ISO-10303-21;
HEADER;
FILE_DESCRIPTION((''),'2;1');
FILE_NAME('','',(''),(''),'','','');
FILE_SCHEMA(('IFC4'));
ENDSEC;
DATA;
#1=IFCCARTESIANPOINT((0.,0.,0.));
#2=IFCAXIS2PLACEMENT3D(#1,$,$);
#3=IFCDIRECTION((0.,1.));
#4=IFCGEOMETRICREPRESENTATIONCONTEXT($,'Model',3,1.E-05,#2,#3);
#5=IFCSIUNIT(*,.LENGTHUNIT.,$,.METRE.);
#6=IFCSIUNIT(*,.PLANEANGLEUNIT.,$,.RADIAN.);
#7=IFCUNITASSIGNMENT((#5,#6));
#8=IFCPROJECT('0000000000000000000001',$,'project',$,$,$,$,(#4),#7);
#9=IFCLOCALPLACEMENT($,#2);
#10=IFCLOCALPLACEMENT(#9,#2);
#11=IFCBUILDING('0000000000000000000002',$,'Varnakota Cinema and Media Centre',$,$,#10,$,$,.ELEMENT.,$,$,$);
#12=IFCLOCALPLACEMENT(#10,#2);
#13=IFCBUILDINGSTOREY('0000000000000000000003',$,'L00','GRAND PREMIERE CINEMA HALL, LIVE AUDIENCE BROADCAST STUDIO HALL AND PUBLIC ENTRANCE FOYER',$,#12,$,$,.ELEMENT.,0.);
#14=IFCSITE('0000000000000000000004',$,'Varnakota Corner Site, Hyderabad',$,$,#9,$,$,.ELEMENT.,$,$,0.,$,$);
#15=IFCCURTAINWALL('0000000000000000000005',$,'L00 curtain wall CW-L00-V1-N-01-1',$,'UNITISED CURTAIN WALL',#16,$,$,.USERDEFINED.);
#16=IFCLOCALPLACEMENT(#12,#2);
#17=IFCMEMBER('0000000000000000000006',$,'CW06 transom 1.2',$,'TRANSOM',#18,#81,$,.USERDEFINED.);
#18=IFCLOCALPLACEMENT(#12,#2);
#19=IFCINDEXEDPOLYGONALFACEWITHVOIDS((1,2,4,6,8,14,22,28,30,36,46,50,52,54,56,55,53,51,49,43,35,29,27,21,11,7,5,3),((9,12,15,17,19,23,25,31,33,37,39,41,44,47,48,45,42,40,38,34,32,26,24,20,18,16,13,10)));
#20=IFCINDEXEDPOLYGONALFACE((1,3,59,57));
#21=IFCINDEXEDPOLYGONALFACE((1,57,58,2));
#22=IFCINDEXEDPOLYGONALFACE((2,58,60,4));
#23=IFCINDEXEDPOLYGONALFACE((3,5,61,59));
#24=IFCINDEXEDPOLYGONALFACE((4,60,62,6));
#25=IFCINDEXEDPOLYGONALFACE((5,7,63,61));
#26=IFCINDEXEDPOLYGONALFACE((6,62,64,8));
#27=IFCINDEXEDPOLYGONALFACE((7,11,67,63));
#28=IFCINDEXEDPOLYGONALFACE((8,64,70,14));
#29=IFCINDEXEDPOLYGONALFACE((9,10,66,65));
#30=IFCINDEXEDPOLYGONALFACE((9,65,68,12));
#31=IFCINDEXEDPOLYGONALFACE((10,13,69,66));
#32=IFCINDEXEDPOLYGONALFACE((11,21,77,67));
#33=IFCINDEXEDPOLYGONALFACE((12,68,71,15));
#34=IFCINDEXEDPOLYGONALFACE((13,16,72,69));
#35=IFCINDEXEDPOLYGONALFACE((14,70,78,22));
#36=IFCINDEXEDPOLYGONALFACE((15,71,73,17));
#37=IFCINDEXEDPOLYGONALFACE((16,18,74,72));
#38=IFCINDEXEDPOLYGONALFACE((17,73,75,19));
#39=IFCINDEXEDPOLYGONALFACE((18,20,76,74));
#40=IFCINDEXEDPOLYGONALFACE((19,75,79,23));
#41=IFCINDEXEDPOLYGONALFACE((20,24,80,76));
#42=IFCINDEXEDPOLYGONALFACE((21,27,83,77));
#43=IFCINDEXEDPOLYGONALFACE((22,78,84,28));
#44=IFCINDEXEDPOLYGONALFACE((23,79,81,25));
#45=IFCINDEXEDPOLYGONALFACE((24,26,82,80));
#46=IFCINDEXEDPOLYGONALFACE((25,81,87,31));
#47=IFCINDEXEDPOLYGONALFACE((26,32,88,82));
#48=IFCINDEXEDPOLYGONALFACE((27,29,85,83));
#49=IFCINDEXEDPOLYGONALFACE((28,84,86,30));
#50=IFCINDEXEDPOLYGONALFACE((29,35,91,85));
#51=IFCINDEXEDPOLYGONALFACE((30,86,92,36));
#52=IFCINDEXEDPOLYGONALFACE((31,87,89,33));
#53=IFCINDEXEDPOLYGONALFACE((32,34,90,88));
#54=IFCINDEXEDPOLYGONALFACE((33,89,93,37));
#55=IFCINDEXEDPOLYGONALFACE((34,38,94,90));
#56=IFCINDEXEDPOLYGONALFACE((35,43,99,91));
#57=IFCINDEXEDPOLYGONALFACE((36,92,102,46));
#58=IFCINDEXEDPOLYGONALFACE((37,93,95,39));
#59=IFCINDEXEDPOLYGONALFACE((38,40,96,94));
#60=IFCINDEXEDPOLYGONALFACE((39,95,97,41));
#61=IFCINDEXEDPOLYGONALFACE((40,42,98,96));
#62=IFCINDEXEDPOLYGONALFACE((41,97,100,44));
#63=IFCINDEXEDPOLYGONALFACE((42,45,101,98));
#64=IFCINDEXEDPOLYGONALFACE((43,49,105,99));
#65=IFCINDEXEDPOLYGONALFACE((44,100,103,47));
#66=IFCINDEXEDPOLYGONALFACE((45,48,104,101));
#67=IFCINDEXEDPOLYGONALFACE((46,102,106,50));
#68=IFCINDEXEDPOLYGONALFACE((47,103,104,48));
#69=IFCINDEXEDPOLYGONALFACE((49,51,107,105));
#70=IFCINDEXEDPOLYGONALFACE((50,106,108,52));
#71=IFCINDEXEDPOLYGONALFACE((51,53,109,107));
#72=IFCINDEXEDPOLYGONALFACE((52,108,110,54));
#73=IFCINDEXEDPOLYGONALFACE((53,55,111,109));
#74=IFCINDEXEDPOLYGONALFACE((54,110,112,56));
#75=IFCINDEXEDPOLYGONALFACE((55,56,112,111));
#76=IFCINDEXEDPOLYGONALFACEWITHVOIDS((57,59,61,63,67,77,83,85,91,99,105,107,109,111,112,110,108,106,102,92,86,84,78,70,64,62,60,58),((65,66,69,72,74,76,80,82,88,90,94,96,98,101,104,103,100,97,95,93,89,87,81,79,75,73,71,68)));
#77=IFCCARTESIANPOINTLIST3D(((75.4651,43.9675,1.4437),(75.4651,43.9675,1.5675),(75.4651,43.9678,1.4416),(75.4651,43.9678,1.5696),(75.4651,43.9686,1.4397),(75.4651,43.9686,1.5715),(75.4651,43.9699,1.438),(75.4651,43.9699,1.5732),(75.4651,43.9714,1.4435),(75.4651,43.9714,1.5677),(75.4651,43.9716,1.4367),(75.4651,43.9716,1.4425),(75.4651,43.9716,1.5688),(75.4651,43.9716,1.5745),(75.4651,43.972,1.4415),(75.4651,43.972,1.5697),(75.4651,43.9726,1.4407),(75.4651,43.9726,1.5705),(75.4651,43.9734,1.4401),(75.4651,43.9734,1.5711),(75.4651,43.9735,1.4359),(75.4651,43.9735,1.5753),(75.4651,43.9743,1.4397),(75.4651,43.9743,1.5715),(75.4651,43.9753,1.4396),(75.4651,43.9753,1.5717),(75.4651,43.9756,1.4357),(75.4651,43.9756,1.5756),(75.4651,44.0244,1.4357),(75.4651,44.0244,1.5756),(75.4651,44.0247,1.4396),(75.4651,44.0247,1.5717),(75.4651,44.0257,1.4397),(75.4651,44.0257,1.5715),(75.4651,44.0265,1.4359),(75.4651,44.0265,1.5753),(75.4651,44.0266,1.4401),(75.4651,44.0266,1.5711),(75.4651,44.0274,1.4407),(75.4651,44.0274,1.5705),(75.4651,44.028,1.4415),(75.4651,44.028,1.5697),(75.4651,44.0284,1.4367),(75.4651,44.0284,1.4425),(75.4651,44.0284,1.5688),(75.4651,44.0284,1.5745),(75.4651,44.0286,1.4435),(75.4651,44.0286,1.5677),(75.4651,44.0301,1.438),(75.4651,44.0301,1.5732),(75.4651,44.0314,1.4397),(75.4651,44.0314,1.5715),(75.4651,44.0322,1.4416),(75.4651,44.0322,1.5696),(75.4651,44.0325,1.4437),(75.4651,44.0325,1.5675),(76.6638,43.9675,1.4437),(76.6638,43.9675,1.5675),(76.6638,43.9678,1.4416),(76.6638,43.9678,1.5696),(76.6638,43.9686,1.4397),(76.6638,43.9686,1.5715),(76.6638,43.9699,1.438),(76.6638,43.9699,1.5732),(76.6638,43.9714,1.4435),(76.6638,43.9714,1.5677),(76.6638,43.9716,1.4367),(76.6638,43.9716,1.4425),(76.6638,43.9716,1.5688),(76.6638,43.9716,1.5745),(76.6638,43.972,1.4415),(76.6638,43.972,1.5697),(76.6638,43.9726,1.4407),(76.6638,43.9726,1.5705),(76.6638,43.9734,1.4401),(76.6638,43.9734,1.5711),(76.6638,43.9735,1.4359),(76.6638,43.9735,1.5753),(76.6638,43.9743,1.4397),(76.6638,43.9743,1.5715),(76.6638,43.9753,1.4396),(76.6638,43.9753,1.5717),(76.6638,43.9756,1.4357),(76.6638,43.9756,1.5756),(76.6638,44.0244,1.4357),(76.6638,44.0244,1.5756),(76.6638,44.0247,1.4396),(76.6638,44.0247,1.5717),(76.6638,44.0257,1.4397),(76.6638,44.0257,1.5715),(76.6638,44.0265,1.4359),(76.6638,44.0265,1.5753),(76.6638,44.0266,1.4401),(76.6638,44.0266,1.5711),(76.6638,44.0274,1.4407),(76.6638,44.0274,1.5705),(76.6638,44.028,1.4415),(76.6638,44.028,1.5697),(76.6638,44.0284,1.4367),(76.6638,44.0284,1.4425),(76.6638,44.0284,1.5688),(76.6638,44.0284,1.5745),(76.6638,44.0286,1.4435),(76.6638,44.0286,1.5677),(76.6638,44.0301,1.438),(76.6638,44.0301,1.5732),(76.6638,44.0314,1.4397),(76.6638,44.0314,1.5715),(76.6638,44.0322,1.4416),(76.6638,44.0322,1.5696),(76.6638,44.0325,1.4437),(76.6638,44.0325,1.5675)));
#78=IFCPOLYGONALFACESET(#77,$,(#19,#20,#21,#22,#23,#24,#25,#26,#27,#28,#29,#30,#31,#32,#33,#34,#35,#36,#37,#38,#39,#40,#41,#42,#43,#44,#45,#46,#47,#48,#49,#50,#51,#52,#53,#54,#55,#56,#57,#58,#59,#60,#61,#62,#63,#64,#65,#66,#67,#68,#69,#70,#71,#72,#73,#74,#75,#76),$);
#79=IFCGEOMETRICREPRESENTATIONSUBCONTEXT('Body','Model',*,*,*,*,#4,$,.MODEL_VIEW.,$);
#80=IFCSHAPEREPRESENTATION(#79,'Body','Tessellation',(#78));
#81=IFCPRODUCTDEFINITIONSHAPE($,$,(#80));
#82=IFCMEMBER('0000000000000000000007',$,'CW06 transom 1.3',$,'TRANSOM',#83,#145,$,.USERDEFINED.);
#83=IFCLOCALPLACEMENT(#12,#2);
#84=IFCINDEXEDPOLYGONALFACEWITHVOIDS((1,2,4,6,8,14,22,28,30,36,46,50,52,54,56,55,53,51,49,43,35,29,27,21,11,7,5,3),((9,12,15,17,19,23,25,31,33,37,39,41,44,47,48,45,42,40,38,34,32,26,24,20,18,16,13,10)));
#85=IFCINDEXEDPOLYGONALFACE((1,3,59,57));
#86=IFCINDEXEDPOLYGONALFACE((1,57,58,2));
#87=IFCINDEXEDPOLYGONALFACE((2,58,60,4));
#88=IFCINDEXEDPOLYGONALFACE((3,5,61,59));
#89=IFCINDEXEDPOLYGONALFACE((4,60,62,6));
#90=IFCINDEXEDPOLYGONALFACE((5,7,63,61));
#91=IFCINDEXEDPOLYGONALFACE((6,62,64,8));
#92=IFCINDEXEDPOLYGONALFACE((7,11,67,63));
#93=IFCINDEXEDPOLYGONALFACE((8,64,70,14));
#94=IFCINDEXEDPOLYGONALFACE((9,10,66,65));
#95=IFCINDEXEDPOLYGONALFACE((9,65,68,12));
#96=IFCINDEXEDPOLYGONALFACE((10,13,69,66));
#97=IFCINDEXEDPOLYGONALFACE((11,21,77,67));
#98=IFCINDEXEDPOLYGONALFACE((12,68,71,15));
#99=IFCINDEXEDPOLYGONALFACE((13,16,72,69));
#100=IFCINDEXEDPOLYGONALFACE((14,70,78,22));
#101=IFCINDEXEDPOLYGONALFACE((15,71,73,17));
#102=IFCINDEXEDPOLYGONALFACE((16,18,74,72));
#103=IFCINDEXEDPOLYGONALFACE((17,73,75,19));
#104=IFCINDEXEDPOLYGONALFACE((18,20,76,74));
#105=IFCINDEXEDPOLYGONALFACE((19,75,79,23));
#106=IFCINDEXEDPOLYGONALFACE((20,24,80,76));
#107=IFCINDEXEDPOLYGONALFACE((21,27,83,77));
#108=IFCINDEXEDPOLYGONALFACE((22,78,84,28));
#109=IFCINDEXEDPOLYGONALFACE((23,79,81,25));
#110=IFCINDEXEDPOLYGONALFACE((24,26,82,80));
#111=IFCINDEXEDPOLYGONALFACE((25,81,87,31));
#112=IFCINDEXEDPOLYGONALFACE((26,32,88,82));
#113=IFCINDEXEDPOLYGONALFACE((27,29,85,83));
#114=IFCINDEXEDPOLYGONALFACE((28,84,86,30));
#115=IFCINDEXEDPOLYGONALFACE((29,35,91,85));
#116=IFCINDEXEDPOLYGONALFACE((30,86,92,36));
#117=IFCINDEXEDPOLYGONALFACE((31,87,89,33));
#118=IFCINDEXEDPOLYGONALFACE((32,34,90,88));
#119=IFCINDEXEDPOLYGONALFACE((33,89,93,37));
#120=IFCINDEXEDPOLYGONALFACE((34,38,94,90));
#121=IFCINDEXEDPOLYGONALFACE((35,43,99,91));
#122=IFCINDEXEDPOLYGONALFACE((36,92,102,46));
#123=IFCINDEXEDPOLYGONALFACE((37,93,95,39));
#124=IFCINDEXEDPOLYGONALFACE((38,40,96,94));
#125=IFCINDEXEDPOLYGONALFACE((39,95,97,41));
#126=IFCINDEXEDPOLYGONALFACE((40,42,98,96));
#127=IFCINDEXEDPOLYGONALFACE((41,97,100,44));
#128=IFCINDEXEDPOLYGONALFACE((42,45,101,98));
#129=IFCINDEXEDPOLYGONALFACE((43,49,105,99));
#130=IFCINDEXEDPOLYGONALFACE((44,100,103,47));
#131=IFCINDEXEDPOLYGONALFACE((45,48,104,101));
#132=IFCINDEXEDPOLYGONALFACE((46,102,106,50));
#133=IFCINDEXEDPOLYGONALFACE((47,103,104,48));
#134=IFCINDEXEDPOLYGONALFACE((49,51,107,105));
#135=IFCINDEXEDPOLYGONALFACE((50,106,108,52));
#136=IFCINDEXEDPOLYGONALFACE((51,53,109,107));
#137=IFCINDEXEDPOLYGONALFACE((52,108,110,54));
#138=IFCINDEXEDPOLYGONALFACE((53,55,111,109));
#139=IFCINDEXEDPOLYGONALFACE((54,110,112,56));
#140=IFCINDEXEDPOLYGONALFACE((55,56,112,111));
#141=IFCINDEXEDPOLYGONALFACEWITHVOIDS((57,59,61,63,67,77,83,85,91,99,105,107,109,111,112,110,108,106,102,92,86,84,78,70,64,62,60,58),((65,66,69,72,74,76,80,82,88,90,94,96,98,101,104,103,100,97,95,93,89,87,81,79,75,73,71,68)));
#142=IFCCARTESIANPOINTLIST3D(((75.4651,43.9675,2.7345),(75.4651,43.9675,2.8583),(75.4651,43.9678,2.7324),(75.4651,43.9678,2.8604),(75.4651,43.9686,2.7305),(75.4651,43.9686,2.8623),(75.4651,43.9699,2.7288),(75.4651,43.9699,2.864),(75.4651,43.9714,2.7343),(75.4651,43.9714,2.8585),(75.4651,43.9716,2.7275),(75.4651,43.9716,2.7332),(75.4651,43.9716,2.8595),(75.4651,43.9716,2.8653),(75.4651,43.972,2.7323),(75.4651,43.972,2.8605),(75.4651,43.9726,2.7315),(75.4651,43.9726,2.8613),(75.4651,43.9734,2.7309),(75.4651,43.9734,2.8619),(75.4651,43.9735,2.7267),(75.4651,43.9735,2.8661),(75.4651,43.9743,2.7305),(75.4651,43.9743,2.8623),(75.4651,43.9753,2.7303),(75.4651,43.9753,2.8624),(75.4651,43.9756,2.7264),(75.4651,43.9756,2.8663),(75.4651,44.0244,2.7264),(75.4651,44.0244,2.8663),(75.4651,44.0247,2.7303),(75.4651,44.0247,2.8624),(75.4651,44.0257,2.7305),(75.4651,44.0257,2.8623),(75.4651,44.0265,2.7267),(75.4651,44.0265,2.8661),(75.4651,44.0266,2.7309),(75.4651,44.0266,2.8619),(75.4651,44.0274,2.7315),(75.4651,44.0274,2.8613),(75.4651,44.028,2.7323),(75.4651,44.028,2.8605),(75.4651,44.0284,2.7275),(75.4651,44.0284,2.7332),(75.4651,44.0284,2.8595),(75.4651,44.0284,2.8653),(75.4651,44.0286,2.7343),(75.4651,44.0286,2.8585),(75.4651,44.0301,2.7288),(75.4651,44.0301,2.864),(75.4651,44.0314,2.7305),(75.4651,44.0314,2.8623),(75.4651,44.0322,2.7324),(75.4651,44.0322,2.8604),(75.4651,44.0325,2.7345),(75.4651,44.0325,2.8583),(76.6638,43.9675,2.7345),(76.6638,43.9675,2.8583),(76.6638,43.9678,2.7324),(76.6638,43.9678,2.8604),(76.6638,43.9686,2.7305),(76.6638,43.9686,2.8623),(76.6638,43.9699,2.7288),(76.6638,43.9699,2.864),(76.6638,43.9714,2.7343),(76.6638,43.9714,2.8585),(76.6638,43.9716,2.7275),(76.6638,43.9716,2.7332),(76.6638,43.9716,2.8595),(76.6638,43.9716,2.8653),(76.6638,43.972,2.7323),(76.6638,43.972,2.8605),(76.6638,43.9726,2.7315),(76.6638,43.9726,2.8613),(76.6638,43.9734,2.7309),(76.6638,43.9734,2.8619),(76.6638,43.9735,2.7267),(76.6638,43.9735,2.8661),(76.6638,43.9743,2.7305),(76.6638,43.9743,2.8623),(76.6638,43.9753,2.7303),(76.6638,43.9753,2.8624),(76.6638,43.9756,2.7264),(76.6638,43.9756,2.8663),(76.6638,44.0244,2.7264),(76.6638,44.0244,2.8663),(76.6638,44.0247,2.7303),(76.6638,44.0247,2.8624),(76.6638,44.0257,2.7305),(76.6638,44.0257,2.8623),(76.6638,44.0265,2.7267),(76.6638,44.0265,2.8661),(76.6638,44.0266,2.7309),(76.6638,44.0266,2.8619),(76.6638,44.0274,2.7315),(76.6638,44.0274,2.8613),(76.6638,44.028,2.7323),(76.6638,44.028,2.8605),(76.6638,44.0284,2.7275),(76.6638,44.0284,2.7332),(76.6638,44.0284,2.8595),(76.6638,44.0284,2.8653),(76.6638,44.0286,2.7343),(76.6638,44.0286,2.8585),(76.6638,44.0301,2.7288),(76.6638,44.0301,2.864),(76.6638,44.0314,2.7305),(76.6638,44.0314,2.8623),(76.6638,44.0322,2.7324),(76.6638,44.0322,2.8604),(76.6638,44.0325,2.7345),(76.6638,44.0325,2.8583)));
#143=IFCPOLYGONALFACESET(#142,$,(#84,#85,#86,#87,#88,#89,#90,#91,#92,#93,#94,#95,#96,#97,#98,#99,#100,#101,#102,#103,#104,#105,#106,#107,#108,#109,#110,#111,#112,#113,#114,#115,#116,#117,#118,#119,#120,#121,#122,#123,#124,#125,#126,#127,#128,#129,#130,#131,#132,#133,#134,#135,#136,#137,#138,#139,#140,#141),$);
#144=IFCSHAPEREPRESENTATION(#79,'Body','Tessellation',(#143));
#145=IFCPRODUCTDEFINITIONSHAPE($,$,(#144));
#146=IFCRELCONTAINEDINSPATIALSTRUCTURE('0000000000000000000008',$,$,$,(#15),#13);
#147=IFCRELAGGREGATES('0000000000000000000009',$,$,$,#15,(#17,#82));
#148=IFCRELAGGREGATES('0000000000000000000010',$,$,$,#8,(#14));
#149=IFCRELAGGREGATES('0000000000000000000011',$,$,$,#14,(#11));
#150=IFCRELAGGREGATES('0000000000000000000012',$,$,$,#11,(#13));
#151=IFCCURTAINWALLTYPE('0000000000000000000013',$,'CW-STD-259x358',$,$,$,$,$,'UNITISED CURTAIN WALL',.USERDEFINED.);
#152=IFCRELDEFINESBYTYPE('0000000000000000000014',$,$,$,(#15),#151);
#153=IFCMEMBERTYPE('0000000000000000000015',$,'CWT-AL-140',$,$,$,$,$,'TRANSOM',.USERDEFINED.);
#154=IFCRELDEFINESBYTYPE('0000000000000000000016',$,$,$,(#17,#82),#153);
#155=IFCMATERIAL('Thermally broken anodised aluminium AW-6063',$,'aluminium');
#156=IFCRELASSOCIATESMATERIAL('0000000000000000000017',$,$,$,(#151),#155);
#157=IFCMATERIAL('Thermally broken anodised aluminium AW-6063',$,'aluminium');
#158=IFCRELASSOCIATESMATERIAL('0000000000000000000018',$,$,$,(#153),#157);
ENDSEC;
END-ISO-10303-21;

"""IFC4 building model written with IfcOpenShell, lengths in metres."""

from ifc_helpers import new_model, si_unit, direction, frame, origin, origin_2d, place, context, subcontext, project, spatial, hollow_rectangle, extrude, material, material_profile, profile_set, type_object, element, aggregate, save


model = new_model("IFC4")

# Units and contexts
model_context = context("Model", 3, precision=1e-05, world=origin(), true_north=direction((0.0, 1.0)))
body_context = subcontext(model_context, "Body", "Model", "MODEL_VIEW")
ifc_project = project(units=[si_unit("LENGTHUNIT", "METRE"), si_unit("PLANEANGLEUNIT", "RADIAN")], contexts=[model_context])

# Site, building, storey
site_placement = place(None, origin())
site = spatial("IfcSite", under=ifc_project, at=site_placement, Name="Varnakota Corner Site, Hyderabad", CompositionType="ELEMENT", RefElevation=0.0)
building_placement = place(site_placement, origin())
building = spatial("IfcBuilding", under=site, at=building_placement, Name="Varnakota Cinema and Media Centre", CompositionType="ELEMENT")
storey_placement = place(building_placement, origin())
storey = spatial("IfcBuildingStorey", under=building, at=storey_placement, Name="L00", Description="GRAND PREMIERE CINEMA HALL, LIVE AUDIENCE BROADCAST STUDIO HALL AND PUBLIC ENTRANCE FOYER", CompositionType="ELEMENT", Elevation=0.0)

# Curtain wall
ifc_material_1 = material(Name="Thermally broken anodised aluminium AW-6063", Category="aluminium")
curtain_wall_type_1 = type_object("IfcCurtainWallType", Name="CW-STD-259x358", ElementType="UNITISED CURTAIN WALL", PredefinedType="USERDEFINED", material=ifc_material_1)
curtain_wall_1_placement = place(storey_placement, origin())
curtain_wall_1 = element("IfcCurtainWall", 1, at=curtain_wall_1_placement, inside=storey, type_object=curtain_wall_type_1, Name="L00 curtain wall CW-L00-V1-N-01-1", ObjectType="UNITISED CURTAIN WALL", PredefinedType="USERDEFINED")

# Members
ifc_material_2 = material(Name="Thermally broken anodised aluminium AW-6063", Category="aluminium")
ifc_material_profile_1 = material_profile(ifc_material_2, hollow_rectangle(XDim=0.0649, YDim=0.1399, WallThickness=0.0039, InnerFilletRadius=0.0039, OuterFilletRadius=0.0081, at=origin_2d()), Name="AL-TRANSOM 140x65x4")
ifc_profile_set_1 = profile_set([ifc_material_profile_1], Name="Thermally broken anodised aluminium AW-6063")
member_type_1 = type_object("IfcMemberType", Name="CWT-AL-140", ElementType="TRANSOM", PredefinedType="USERDEFINED", material=ifc_profile_set_1)
member_1_placement = place(storey_placement, frame((75.4651, 44.0, 1.5056), z_axis=(1.0, 0.0, 0.0), x_axis=(0.0, 1.0, 0.0)))
member_1 = element("IfcMember", 2, at=member_1_placement, type_object=member_type_1, Name="CW06 transom 1.2", ObjectType="TRANSOM", PredefinedType="USERDEFINED", context=body_context, shape_type="SweptSolid", body=[
    extrude(hollow_rectangle(XDim=0.0649, YDim=0.1399, WallThickness=0.0039, InnerFilletRadius=0.0039, OuterFilletRadius=0.0081, at=origin_2d()), origin(), (0.0, 0.0, 1.0), 1.1987),
])
member_2_placement = place(storey_placement, frame((75.4651, 44.0, 2.7964), z_axis=(1.0, 0.0, 0.0), x_axis=(0.0, 1.0, 0.0)))
member_2 = element("IfcMember", 3, at=member_2_placement, type_object=member_type_1, Name="CW06 transom 1.3", ObjectType="TRANSOM", PredefinedType="USERDEFINED", context=body_context, shape_type="SweptSolid", body=[
    extrude(hollow_rectangle(XDim=0.0649, YDim=0.1399, WallThickness=0.0039, InnerFilletRadius=0.0039, OuterFilletRadius=0.0081, at=origin_2d()), origin(), (0.0, 0.0, 1.0), 1.1987),
])

aggregate(curtain_wall_1, [member_1, member_2])

save(model, "model.ifc")
